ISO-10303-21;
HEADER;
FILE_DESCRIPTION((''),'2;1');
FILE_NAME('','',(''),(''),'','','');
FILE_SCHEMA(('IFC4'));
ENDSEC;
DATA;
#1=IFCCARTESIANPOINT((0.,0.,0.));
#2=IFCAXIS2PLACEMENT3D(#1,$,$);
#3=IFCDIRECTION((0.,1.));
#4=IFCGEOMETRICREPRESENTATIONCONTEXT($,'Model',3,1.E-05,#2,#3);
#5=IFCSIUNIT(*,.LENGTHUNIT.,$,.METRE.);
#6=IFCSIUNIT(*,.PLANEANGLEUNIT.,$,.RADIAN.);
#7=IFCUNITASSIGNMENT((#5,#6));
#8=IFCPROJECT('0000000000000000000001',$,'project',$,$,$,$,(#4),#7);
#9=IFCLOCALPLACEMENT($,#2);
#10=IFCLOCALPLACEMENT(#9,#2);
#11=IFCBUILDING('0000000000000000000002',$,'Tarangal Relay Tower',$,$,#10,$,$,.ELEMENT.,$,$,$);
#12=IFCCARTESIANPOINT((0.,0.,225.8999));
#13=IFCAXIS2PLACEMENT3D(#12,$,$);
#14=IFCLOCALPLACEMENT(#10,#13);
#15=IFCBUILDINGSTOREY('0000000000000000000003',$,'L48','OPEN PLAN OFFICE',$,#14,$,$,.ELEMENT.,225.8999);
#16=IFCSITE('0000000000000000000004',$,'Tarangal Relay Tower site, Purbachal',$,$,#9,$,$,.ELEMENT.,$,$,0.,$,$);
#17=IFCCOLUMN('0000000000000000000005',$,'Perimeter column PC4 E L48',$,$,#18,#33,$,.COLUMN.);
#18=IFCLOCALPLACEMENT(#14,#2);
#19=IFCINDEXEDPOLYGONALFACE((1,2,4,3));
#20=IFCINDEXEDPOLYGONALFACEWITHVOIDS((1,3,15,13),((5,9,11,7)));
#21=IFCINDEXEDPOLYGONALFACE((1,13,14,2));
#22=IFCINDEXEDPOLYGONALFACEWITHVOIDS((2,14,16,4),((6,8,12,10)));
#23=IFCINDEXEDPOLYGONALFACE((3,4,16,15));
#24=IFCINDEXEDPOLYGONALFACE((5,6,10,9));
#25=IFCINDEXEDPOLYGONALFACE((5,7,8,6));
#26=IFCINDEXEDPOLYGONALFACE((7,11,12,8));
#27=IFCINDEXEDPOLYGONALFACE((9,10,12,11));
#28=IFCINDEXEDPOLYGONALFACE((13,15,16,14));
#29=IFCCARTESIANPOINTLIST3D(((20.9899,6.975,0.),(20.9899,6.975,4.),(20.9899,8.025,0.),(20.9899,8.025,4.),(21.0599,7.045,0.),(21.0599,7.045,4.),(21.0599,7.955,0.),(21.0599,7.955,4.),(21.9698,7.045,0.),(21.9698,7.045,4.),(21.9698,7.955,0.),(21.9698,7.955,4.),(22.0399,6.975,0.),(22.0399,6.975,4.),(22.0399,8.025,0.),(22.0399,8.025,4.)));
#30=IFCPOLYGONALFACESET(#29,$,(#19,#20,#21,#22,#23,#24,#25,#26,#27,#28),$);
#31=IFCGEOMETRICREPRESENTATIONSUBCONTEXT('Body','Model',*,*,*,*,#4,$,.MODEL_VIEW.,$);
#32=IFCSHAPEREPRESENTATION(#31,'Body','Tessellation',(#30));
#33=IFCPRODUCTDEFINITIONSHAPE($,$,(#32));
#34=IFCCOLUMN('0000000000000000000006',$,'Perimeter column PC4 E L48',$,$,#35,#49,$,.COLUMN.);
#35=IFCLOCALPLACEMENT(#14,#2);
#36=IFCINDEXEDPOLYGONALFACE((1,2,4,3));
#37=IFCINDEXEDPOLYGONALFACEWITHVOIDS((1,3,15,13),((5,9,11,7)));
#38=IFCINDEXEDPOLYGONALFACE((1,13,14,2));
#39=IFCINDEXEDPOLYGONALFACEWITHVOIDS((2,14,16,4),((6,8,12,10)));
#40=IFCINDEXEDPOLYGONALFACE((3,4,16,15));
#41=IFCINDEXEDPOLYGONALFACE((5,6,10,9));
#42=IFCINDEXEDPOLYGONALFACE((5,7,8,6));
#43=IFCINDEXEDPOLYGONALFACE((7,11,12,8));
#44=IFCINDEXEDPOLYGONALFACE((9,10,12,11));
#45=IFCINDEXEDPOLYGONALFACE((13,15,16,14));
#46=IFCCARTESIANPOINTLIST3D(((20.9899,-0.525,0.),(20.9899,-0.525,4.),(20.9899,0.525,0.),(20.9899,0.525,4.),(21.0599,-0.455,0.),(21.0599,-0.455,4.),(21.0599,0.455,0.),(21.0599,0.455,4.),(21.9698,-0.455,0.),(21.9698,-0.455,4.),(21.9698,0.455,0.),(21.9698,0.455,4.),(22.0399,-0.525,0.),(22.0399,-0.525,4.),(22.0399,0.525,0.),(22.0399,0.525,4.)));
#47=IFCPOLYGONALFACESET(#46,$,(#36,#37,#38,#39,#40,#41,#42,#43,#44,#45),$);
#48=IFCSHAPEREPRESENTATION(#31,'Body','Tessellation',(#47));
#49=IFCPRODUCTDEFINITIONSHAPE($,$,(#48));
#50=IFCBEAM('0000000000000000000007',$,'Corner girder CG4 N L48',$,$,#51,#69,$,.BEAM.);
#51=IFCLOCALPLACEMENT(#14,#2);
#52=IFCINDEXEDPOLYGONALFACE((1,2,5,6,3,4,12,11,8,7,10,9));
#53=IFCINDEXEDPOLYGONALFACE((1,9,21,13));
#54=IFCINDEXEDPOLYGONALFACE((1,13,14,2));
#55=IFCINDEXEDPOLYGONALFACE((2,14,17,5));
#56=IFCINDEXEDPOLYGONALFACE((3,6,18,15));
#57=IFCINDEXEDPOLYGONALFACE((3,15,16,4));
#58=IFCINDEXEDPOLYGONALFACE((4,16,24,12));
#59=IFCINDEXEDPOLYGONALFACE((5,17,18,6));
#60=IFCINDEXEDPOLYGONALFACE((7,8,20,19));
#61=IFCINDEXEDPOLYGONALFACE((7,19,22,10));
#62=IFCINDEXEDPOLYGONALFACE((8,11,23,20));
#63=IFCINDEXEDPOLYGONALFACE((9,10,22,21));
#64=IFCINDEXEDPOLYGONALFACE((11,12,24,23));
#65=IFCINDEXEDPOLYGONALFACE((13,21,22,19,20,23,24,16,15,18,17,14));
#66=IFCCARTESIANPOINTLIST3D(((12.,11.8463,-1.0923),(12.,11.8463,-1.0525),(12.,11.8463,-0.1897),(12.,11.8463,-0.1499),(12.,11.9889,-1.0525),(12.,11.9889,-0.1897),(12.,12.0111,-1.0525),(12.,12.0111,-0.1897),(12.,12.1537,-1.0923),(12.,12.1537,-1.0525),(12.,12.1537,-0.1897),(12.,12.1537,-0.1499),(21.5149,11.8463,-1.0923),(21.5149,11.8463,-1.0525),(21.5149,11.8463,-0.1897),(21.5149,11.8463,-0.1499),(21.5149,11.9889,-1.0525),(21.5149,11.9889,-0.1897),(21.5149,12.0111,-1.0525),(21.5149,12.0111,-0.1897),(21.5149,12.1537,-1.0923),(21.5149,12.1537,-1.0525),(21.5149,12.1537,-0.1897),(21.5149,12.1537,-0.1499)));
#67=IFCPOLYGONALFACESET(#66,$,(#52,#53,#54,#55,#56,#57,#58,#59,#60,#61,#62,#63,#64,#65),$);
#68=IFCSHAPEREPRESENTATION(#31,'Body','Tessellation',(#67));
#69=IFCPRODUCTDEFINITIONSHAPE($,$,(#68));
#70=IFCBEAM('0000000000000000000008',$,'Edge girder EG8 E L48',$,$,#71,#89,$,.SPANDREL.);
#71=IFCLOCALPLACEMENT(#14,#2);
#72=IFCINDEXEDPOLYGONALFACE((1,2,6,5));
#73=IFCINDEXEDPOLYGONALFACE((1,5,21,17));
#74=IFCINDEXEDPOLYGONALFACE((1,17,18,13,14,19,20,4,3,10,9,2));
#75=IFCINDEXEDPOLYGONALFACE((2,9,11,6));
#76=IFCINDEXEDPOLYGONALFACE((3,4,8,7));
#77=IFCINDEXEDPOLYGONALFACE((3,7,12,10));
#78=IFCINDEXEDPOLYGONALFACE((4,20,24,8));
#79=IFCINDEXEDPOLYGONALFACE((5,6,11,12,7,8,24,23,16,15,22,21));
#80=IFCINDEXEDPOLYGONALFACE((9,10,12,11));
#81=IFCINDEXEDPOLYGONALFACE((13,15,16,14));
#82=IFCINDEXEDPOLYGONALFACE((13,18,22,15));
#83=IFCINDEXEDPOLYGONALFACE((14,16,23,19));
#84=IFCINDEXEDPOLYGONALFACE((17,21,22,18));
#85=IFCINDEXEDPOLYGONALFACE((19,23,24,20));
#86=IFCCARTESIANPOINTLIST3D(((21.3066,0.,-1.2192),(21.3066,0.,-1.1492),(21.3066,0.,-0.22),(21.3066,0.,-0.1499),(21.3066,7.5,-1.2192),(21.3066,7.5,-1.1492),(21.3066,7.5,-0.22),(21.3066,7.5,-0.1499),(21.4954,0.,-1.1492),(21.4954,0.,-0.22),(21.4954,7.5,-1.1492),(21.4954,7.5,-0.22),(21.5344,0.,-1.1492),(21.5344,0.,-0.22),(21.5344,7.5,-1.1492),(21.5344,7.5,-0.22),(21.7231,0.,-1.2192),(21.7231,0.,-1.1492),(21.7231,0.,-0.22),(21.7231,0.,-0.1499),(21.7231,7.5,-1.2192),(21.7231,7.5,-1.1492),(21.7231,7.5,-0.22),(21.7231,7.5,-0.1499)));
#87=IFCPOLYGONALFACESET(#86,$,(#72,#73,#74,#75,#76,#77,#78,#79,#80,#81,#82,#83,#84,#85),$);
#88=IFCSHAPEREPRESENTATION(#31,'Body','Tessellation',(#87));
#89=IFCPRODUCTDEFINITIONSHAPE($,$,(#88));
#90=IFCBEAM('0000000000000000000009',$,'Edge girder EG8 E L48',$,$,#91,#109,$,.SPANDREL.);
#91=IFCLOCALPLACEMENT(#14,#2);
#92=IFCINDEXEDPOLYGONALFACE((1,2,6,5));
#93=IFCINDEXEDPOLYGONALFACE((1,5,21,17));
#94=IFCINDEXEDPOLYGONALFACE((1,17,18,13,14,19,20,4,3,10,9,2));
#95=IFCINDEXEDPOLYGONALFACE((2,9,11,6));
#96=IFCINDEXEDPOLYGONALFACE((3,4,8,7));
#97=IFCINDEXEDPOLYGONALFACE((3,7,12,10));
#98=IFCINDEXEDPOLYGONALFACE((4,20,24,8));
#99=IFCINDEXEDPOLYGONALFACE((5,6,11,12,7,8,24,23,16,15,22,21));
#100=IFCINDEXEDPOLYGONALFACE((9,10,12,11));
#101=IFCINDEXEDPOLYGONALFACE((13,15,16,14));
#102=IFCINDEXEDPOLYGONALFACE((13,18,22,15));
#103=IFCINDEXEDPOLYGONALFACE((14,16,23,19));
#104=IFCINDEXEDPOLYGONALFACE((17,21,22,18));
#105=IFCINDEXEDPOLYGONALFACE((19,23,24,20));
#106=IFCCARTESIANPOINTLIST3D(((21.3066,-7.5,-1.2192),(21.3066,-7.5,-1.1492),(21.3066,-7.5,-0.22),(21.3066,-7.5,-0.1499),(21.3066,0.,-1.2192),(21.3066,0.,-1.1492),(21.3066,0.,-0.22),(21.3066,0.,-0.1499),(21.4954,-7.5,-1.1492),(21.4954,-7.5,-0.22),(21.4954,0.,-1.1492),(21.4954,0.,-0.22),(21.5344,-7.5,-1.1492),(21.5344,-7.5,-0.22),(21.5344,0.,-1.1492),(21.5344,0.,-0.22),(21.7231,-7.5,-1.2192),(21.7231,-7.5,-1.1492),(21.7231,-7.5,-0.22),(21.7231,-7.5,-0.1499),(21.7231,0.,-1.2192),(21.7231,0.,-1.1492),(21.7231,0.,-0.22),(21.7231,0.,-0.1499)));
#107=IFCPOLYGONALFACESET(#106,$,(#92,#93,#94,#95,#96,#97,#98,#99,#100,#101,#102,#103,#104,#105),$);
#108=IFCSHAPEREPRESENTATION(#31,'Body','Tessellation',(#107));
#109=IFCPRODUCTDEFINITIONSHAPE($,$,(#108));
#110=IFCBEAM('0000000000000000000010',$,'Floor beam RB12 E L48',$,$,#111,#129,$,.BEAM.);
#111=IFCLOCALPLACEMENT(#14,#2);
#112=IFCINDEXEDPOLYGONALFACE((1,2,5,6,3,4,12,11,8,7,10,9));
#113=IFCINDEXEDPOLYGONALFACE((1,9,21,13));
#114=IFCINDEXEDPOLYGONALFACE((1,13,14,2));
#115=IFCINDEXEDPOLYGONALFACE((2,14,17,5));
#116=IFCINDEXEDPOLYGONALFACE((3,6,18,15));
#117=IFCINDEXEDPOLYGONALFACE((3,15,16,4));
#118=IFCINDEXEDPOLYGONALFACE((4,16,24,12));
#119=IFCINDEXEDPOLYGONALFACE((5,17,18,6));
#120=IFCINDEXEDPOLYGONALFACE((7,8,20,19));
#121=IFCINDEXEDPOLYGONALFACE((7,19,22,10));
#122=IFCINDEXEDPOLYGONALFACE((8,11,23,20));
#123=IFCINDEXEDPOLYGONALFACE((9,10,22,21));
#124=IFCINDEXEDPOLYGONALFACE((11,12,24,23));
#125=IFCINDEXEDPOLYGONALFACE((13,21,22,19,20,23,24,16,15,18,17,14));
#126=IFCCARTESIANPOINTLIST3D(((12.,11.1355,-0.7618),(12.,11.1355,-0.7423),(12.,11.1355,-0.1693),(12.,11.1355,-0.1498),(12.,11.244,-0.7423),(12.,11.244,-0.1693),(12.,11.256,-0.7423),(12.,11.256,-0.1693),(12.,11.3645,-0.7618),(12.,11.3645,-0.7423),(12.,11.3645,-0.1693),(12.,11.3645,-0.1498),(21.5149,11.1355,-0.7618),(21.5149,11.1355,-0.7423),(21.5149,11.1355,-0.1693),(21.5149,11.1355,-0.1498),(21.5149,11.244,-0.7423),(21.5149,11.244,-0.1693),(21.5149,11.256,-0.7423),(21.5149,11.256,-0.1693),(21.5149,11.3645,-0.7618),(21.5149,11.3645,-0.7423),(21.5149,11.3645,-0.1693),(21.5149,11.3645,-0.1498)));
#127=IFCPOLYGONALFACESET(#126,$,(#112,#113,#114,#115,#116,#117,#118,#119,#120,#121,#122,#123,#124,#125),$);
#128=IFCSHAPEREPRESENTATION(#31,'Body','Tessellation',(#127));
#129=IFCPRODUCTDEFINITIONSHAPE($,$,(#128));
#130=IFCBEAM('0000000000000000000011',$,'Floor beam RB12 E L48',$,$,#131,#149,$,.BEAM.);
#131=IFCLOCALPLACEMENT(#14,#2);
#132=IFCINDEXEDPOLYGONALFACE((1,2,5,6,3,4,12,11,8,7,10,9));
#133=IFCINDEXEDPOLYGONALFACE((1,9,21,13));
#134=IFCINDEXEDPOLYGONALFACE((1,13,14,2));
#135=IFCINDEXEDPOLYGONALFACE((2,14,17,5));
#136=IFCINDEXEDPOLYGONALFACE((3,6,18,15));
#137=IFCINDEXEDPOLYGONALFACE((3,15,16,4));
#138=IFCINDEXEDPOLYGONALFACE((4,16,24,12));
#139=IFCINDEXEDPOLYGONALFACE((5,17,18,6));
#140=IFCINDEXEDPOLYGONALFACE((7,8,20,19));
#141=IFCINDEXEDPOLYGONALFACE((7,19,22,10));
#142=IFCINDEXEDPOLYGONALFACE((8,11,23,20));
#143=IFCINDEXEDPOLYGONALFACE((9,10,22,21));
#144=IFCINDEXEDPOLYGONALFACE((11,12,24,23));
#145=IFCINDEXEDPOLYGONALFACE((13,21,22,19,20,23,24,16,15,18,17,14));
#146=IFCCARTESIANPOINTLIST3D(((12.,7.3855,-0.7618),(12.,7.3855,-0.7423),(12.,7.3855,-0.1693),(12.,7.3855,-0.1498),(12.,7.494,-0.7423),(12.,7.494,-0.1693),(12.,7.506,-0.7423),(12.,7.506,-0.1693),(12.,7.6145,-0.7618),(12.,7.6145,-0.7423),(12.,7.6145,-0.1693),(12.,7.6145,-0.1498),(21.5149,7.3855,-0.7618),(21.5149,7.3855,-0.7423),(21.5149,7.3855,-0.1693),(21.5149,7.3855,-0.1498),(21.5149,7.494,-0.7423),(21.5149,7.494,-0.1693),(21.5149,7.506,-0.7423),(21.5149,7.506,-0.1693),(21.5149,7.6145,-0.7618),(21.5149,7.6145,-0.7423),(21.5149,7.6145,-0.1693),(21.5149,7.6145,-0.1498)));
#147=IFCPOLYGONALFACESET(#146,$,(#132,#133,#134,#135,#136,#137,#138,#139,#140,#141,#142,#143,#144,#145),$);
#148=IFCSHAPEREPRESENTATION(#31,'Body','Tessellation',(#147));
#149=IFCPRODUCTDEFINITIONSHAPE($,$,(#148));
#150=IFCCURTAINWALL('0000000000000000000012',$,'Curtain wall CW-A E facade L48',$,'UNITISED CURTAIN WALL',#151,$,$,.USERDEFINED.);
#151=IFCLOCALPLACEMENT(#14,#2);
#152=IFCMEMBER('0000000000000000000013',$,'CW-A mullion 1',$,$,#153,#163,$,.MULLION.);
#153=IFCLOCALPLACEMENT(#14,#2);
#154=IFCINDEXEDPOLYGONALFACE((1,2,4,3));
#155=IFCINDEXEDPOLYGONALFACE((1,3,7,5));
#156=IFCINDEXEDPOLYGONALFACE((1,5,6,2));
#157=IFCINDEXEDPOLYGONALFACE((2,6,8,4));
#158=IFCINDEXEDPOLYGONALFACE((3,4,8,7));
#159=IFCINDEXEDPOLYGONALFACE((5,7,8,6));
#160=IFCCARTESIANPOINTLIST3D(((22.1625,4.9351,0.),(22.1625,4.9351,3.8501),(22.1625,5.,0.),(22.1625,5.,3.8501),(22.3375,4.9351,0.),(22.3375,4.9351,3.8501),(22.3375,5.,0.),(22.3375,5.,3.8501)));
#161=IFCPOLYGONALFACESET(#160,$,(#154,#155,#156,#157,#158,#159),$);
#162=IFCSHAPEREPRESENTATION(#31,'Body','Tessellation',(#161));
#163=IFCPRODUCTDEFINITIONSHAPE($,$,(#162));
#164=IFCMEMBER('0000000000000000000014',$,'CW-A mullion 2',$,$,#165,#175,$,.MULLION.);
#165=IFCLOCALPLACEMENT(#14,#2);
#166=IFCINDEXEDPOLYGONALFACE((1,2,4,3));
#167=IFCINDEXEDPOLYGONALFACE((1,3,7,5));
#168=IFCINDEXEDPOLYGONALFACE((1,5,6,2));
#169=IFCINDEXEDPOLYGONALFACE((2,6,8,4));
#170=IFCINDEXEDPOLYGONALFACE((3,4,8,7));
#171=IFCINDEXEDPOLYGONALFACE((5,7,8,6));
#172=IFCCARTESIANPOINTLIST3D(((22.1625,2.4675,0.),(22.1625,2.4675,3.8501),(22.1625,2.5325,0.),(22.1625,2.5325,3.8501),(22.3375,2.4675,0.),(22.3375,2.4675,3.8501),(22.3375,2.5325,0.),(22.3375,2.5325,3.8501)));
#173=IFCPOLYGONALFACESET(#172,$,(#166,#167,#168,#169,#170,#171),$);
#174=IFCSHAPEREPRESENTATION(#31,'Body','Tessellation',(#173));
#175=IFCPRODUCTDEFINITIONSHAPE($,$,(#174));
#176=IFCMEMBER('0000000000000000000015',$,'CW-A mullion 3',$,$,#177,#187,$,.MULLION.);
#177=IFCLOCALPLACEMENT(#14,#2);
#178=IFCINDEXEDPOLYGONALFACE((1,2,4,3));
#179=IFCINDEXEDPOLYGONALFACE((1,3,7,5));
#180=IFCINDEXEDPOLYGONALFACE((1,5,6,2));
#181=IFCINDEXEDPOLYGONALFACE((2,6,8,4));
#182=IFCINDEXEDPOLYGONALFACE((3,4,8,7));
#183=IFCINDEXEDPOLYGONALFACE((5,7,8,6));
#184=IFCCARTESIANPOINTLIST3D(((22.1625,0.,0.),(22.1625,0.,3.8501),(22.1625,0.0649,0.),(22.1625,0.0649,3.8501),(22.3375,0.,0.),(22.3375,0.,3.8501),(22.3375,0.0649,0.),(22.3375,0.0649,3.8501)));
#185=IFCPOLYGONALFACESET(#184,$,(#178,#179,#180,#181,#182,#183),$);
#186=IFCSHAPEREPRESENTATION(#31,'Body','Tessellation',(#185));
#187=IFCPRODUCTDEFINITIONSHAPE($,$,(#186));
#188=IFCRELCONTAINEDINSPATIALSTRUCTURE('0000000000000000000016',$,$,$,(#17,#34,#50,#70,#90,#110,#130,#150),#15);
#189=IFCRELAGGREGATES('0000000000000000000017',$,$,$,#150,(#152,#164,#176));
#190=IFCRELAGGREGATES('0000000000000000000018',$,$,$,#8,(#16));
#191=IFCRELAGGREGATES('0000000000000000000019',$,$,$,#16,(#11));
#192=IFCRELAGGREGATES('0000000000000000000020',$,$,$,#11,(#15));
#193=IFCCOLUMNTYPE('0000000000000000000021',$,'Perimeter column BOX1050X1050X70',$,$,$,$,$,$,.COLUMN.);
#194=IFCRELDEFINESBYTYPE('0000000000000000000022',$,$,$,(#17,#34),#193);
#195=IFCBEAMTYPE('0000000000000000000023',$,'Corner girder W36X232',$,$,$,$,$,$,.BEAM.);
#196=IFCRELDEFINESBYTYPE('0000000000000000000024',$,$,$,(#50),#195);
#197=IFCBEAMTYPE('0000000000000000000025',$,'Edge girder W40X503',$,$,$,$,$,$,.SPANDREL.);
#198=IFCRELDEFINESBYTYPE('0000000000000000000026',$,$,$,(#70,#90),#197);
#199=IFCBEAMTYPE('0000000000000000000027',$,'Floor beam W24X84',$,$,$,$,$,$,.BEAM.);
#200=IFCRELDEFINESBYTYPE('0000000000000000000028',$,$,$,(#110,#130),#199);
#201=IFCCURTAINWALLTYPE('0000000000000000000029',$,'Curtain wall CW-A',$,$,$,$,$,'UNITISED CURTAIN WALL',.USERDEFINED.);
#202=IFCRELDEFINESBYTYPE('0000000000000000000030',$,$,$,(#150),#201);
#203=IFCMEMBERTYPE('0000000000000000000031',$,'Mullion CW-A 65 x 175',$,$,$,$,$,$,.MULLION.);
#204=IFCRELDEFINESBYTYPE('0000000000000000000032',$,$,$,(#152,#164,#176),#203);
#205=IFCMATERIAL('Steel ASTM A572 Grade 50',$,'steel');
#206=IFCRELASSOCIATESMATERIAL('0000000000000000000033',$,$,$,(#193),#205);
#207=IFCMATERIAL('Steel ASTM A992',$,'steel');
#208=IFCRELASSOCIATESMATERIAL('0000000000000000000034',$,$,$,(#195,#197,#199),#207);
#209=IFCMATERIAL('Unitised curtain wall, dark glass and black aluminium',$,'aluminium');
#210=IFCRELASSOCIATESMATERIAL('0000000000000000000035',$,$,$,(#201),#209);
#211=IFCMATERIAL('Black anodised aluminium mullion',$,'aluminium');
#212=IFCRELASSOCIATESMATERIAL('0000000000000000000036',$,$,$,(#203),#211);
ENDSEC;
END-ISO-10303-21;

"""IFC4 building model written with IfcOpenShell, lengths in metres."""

from ifc_helpers import new_model, si_unit, direction, frame, origin, origin_2d, place, context, subcontext, project, spatial, rectangle, hollow_rectangle, i_section, extrude, material, material_profile, profile_set, type_object, element, aggregate, save


model = new_model("IFC4")

# Units and contexts
model_context = context("Model", 3, precision=1e-05, world=origin(), true_north=direction((0.0, 1.0)))
body_context = subcontext(model_context, "Body", "Model", "MODEL_VIEW")
ifc_project = project(units=[si_unit("LENGTHUNIT", "METRE"), si_unit("PLANEANGLEUNIT", "RADIAN")], contexts=[model_context])

# Site, building, storey
site_placement = place(None, origin())
site = spatial("IfcSite", under=ifc_project, at=site_placement, Name="Tarangal Relay Tower site, Purbachal", CompositionType="ELEMENT", RefElevation=0.0)
building_placement = place(site_placement, origin())
building = spatial("IfcBuilding", under=site, at=building_placement, Name="Tarangal Relay Tower", CompositionType="ELEMENT")
storey_placement = place(building_placement, frame((0.0, 0.0, 225.8999)))
storey = spatial("IfcBuildingStorey", under=building, at=storey_placement, Name="L48", Description="OPEN PLAN OFFICE", CompositionType="ELEMENT", Elevation=225.8999)

# Columns
ifc_material_1 = material(Name="Steel ASTM A572 Grade 50", Category="steel")
ifc_material_profile_1 = material_profile(ifc_material_1, hollow_rectangle(XDim=1.05, YDim=1.05, WallThickness=0.0701, at=origin_2d()), Name="BOX1050X1050X70")
ifc_profile_set_1 = profile_set([ifc_material_profile_1], Name="Steel ASTM A572 Grade 50")
column_type = type_object("IfcColumnType", Name="Perimeter column BOX1050X1050X70", PredefinedType="COLUMN", material=ifc_profile_set_1)
for number, where, z_axis, x_axis, name in (
    (1, (21.5149, 7.5, 0.0), (0.0, 0.0, 1.0), (1.0, 0.0, 0.0), "Perimeter column PC4 E L48"),
    (2, (21.5149, 0.0, 0.0), (0.0, 0.0, 1.0), (1.0, 0.0, 0.0), "Perimeter column PC4 E L48"),
):
    element("IfcColumn", number, at=place(storey_placement, frame(where, z_axis=z_axis, x_axis=x_axis)), inside=storey, type_object=column_type, Name=name, PredefinedType="COLUMN", context=body_context, shape_type="SweptSolid", body=[
        extrude(hollow_rectangle(XDim=1.05, YDim=1.05, WallThickness=0.0701, at=origin_2d()), origin(), (0.0, 0.0, 1.0), 4.0),
    ])

# Beams
ifc_material_2 = material(Name="Steel ASTM A992", Category="steel")
ifc_material_profile_2 = material_profile(ifc_material_2, i_section(OverallWidth=0.3074, OverallDepth=0.9424, WebThickness=0.0222, FlangeThickness=0.0398, at=origin_2d()), Name="W36X232")
ifc_profile_set_2 = profile_set([ifc_material_profile_2], Name="Steel ASTM A992")
beam_type_1 = type_object("IfcBeamType", Name="Corner girder W36X232", PredefinedType="BEAM", material=ifc_profile_set_2)
beam_placement = place(storey_placement, frame((12.0, 12.0, -0.6211), z_axis=(1.0, 0.0, 0.0), x_axis=(0.0, 1.0, 0.0)))
element("IfcBeam", 3, at=beam_placement, inside=storey, type_object=beam_type_1, Name="Corner girder CG4 N L48", PredefinedType="BEAM", context=body_context, shape_type="SweptSolid", body=[
    extrude(i_section(OverallWidth=0.3074, OverallDepth=0.9424, WebThickness=0.0222, FlangeThickness=0.0398, at=origin_2d()), origin(), (0.0, 0.0, 1.0), 9.5149),
])
ifc_material_profile_3 = material_profile(ifc_material_2, i_section(OverallWidth=0.4165, OverallDepth=1.0693, WebThickness=0.0391, FlangeThickness=0.0701, at=origin_2d()), Name="W40X503")
ifc_profile_set_3 = profile_set([ifc_material_profile_3], Name="Steel ASTM A992")
beam_type_2 = type_object("IfcBeamType", Name="Edge girder W40X503", PredefinedType="SPANDREL", material=ifc_profile_set_3)
for number, where, z_axis, x_axis, name in (
    (4, (21.5149, 7.5, -0.6846), (0.0, -1.0, 0.0), (1.0, 0.0, 0.0), "Edge girder EG8 E L48"),
    (5, (21.5149, 0.0, -0.6846), (0.0, -1.0, 0.0), (1.0, 0.0, 0.0), "Edge girder EG8 E L48"),
):
    element("IfcBeam", number, at=place(storey_placement, frame(where, z_axis=z_axis, x_axis=x_axis)), inside=storey, type_object=beam_type_2, Name=name, PredefinedType="SPANDREL", context=body_context, shape_type="SweptSolid", body=[
        extrude(i_section(OverallWidth=0.4165, OverallDepth=1.0693, WebThickness=0.0391, FlangeThickness=0.0701, at=origin_2d()), origin(), (0.0, 0.0, 1.0), 7.5),
    ])
ifc_material_profile_4 = material_profile(ifc_material_2, i_section(OverallWidth=0.229, OverallDepth=0.6121, WebThickness=0.012, FlangeThickness=0.0195, at=origin_2d()), Name="W24X84")
ifc_profile_set_4 = profile_set([ifc_material_profile_4], Name="Steel ASTM A992")
beam_type_3 = type_object("IfcBeamType", Name="Floor beam W24X84", PredefinedType="BEAM", material=ifc_profile_set_4)
for number, where, z_axis, x_axis, name in (
    (6, (12.0, 11.25, -0.4558), (1.0, 0.0, 0.0), (0.0, 1.0, 0.0), "Floor beam RB12 E L48"),
    (7, (12.0, 7.5, -0.4558), (1.0, 0.0, 0.0), (0.0, 1.0, 0.0), "Floor beam RB12 E L48"),
):
    element("IfcBeam", number, at=place(storey_placement, frame(where, z_axis=z_axis, x_axis=x_axis)), inside=storey, type_object=beam_type_3, Name=name, PredefinedType="BEAM", context=body_context, shape_type="SweptSolid", body=[
        extrude(i_section(OverallWidth=0.229, OverallDepth=0.6121, WebThickness=0.012, FlangeThickness=0.0195, at=origin_2d()), origin(), (0.0, 0.0, 1.0), 9.5149),
    ])

# Curtain wall, members
ifc_material_3 = material(Name="Unitised curtain wall, dark glass and black aluminium", Category="aluminium")
curtain_wall_type_1 = type_object("IfcCurtainWallType", Name="Curtain wall CW-A", ElementType="UNITISED CURTAIN WALL", PredefinedType="USERDEFINED", material=ifc_material_3)
curtain_wall_1_placement = place(storey_placement, origin())
curtain_wall_1 = element("IfcCurtainWall", 8, at=curtain_wall_1_placement, inside=storey, type_object=curtain_wall_type_1, Name="Curtain wall CW-A E facade L48", ObjectType="UNITISED CURTAIN WALL", PredefinedType="USERDEFINED")
ifc_material_4 = material(Name="Black anodised aluminium mullion", Category="aluminium")
ifc_material_profile_5 = material_profile(ifc_material_4, rectangle(XDim=0.175, YDim=0.0649, at=origin_2d()), Name="CW-AM 65X175")
ifc_profile_set_5 = profile_set([ifc_material_profile_5], Name="Black anodised aluminium mullion")
member_type_1 = type_object("IfcMemberType", Name="Mullion CW-A 65 x 175", PredefinedType="MULLION", material=ifc_profile_set_5)
member_1_placement = place(storey_placement, frame((22.25, 4.9675, 0.0), z_axis=(0.0, 0.0, 1.0), x_axis=(1.0, 0.0, 0.0)))
member_1 = element("IfcMember", 9, at=member_1_placement, type_object=member_type_1, Name="CW-A mullion 1", PredefinedType="MULLION", context=body_context, shape_type="SweptSolid", body=[
    extrude(rectangle(XDim=0.175, YDim=0.0649, at=origin_2d()), origin(), (0.0, 0.0, 1.0), 3.8501),
])
member_2_placement = place(storey_placement, frame((22.25, 2.5, 0.0), z_axis=(0.0, 0.0, 1.0), x_axis=(1.0, 0.0, 0.0)))
member_2 = element("IfcMember", 10, at=member_2_placement, type_object=member_type_1, Name="CW-A mullion 2", PredefinedType="MULLION", context=body_context, shape_type="SweptSolid", body=[
    extrude(rectangle(XDim=0.175, YDim=0.0649, at=origin_2d()), origin(), (0.0, 0.0, 1.0), 3.8501),
])
member_3_placement = place(storey_placement, frame((22.25, 0.0325, 0.0), z_axis=(0.0, 0.0, 1.0), x_axis=(1.0, 0.0, 0.0)))
member_3 = element("IfcMember", 11, at=member_3_placement, type_object=member_type_1, Name="CW-A mullion 3", PredefinedType="MULLION", context=body_context, shape_type="SweptSolid", body=[
    extrude(rectangle(XDim=0.175, YDim=0.0649, at=origin_2d()), origin(), (0.0, 0.0, 1.0), 3.8501),
])

aggregate(curtain_wall_1, [member_1, member_2, member_3])

save(model, "model.ifc")
